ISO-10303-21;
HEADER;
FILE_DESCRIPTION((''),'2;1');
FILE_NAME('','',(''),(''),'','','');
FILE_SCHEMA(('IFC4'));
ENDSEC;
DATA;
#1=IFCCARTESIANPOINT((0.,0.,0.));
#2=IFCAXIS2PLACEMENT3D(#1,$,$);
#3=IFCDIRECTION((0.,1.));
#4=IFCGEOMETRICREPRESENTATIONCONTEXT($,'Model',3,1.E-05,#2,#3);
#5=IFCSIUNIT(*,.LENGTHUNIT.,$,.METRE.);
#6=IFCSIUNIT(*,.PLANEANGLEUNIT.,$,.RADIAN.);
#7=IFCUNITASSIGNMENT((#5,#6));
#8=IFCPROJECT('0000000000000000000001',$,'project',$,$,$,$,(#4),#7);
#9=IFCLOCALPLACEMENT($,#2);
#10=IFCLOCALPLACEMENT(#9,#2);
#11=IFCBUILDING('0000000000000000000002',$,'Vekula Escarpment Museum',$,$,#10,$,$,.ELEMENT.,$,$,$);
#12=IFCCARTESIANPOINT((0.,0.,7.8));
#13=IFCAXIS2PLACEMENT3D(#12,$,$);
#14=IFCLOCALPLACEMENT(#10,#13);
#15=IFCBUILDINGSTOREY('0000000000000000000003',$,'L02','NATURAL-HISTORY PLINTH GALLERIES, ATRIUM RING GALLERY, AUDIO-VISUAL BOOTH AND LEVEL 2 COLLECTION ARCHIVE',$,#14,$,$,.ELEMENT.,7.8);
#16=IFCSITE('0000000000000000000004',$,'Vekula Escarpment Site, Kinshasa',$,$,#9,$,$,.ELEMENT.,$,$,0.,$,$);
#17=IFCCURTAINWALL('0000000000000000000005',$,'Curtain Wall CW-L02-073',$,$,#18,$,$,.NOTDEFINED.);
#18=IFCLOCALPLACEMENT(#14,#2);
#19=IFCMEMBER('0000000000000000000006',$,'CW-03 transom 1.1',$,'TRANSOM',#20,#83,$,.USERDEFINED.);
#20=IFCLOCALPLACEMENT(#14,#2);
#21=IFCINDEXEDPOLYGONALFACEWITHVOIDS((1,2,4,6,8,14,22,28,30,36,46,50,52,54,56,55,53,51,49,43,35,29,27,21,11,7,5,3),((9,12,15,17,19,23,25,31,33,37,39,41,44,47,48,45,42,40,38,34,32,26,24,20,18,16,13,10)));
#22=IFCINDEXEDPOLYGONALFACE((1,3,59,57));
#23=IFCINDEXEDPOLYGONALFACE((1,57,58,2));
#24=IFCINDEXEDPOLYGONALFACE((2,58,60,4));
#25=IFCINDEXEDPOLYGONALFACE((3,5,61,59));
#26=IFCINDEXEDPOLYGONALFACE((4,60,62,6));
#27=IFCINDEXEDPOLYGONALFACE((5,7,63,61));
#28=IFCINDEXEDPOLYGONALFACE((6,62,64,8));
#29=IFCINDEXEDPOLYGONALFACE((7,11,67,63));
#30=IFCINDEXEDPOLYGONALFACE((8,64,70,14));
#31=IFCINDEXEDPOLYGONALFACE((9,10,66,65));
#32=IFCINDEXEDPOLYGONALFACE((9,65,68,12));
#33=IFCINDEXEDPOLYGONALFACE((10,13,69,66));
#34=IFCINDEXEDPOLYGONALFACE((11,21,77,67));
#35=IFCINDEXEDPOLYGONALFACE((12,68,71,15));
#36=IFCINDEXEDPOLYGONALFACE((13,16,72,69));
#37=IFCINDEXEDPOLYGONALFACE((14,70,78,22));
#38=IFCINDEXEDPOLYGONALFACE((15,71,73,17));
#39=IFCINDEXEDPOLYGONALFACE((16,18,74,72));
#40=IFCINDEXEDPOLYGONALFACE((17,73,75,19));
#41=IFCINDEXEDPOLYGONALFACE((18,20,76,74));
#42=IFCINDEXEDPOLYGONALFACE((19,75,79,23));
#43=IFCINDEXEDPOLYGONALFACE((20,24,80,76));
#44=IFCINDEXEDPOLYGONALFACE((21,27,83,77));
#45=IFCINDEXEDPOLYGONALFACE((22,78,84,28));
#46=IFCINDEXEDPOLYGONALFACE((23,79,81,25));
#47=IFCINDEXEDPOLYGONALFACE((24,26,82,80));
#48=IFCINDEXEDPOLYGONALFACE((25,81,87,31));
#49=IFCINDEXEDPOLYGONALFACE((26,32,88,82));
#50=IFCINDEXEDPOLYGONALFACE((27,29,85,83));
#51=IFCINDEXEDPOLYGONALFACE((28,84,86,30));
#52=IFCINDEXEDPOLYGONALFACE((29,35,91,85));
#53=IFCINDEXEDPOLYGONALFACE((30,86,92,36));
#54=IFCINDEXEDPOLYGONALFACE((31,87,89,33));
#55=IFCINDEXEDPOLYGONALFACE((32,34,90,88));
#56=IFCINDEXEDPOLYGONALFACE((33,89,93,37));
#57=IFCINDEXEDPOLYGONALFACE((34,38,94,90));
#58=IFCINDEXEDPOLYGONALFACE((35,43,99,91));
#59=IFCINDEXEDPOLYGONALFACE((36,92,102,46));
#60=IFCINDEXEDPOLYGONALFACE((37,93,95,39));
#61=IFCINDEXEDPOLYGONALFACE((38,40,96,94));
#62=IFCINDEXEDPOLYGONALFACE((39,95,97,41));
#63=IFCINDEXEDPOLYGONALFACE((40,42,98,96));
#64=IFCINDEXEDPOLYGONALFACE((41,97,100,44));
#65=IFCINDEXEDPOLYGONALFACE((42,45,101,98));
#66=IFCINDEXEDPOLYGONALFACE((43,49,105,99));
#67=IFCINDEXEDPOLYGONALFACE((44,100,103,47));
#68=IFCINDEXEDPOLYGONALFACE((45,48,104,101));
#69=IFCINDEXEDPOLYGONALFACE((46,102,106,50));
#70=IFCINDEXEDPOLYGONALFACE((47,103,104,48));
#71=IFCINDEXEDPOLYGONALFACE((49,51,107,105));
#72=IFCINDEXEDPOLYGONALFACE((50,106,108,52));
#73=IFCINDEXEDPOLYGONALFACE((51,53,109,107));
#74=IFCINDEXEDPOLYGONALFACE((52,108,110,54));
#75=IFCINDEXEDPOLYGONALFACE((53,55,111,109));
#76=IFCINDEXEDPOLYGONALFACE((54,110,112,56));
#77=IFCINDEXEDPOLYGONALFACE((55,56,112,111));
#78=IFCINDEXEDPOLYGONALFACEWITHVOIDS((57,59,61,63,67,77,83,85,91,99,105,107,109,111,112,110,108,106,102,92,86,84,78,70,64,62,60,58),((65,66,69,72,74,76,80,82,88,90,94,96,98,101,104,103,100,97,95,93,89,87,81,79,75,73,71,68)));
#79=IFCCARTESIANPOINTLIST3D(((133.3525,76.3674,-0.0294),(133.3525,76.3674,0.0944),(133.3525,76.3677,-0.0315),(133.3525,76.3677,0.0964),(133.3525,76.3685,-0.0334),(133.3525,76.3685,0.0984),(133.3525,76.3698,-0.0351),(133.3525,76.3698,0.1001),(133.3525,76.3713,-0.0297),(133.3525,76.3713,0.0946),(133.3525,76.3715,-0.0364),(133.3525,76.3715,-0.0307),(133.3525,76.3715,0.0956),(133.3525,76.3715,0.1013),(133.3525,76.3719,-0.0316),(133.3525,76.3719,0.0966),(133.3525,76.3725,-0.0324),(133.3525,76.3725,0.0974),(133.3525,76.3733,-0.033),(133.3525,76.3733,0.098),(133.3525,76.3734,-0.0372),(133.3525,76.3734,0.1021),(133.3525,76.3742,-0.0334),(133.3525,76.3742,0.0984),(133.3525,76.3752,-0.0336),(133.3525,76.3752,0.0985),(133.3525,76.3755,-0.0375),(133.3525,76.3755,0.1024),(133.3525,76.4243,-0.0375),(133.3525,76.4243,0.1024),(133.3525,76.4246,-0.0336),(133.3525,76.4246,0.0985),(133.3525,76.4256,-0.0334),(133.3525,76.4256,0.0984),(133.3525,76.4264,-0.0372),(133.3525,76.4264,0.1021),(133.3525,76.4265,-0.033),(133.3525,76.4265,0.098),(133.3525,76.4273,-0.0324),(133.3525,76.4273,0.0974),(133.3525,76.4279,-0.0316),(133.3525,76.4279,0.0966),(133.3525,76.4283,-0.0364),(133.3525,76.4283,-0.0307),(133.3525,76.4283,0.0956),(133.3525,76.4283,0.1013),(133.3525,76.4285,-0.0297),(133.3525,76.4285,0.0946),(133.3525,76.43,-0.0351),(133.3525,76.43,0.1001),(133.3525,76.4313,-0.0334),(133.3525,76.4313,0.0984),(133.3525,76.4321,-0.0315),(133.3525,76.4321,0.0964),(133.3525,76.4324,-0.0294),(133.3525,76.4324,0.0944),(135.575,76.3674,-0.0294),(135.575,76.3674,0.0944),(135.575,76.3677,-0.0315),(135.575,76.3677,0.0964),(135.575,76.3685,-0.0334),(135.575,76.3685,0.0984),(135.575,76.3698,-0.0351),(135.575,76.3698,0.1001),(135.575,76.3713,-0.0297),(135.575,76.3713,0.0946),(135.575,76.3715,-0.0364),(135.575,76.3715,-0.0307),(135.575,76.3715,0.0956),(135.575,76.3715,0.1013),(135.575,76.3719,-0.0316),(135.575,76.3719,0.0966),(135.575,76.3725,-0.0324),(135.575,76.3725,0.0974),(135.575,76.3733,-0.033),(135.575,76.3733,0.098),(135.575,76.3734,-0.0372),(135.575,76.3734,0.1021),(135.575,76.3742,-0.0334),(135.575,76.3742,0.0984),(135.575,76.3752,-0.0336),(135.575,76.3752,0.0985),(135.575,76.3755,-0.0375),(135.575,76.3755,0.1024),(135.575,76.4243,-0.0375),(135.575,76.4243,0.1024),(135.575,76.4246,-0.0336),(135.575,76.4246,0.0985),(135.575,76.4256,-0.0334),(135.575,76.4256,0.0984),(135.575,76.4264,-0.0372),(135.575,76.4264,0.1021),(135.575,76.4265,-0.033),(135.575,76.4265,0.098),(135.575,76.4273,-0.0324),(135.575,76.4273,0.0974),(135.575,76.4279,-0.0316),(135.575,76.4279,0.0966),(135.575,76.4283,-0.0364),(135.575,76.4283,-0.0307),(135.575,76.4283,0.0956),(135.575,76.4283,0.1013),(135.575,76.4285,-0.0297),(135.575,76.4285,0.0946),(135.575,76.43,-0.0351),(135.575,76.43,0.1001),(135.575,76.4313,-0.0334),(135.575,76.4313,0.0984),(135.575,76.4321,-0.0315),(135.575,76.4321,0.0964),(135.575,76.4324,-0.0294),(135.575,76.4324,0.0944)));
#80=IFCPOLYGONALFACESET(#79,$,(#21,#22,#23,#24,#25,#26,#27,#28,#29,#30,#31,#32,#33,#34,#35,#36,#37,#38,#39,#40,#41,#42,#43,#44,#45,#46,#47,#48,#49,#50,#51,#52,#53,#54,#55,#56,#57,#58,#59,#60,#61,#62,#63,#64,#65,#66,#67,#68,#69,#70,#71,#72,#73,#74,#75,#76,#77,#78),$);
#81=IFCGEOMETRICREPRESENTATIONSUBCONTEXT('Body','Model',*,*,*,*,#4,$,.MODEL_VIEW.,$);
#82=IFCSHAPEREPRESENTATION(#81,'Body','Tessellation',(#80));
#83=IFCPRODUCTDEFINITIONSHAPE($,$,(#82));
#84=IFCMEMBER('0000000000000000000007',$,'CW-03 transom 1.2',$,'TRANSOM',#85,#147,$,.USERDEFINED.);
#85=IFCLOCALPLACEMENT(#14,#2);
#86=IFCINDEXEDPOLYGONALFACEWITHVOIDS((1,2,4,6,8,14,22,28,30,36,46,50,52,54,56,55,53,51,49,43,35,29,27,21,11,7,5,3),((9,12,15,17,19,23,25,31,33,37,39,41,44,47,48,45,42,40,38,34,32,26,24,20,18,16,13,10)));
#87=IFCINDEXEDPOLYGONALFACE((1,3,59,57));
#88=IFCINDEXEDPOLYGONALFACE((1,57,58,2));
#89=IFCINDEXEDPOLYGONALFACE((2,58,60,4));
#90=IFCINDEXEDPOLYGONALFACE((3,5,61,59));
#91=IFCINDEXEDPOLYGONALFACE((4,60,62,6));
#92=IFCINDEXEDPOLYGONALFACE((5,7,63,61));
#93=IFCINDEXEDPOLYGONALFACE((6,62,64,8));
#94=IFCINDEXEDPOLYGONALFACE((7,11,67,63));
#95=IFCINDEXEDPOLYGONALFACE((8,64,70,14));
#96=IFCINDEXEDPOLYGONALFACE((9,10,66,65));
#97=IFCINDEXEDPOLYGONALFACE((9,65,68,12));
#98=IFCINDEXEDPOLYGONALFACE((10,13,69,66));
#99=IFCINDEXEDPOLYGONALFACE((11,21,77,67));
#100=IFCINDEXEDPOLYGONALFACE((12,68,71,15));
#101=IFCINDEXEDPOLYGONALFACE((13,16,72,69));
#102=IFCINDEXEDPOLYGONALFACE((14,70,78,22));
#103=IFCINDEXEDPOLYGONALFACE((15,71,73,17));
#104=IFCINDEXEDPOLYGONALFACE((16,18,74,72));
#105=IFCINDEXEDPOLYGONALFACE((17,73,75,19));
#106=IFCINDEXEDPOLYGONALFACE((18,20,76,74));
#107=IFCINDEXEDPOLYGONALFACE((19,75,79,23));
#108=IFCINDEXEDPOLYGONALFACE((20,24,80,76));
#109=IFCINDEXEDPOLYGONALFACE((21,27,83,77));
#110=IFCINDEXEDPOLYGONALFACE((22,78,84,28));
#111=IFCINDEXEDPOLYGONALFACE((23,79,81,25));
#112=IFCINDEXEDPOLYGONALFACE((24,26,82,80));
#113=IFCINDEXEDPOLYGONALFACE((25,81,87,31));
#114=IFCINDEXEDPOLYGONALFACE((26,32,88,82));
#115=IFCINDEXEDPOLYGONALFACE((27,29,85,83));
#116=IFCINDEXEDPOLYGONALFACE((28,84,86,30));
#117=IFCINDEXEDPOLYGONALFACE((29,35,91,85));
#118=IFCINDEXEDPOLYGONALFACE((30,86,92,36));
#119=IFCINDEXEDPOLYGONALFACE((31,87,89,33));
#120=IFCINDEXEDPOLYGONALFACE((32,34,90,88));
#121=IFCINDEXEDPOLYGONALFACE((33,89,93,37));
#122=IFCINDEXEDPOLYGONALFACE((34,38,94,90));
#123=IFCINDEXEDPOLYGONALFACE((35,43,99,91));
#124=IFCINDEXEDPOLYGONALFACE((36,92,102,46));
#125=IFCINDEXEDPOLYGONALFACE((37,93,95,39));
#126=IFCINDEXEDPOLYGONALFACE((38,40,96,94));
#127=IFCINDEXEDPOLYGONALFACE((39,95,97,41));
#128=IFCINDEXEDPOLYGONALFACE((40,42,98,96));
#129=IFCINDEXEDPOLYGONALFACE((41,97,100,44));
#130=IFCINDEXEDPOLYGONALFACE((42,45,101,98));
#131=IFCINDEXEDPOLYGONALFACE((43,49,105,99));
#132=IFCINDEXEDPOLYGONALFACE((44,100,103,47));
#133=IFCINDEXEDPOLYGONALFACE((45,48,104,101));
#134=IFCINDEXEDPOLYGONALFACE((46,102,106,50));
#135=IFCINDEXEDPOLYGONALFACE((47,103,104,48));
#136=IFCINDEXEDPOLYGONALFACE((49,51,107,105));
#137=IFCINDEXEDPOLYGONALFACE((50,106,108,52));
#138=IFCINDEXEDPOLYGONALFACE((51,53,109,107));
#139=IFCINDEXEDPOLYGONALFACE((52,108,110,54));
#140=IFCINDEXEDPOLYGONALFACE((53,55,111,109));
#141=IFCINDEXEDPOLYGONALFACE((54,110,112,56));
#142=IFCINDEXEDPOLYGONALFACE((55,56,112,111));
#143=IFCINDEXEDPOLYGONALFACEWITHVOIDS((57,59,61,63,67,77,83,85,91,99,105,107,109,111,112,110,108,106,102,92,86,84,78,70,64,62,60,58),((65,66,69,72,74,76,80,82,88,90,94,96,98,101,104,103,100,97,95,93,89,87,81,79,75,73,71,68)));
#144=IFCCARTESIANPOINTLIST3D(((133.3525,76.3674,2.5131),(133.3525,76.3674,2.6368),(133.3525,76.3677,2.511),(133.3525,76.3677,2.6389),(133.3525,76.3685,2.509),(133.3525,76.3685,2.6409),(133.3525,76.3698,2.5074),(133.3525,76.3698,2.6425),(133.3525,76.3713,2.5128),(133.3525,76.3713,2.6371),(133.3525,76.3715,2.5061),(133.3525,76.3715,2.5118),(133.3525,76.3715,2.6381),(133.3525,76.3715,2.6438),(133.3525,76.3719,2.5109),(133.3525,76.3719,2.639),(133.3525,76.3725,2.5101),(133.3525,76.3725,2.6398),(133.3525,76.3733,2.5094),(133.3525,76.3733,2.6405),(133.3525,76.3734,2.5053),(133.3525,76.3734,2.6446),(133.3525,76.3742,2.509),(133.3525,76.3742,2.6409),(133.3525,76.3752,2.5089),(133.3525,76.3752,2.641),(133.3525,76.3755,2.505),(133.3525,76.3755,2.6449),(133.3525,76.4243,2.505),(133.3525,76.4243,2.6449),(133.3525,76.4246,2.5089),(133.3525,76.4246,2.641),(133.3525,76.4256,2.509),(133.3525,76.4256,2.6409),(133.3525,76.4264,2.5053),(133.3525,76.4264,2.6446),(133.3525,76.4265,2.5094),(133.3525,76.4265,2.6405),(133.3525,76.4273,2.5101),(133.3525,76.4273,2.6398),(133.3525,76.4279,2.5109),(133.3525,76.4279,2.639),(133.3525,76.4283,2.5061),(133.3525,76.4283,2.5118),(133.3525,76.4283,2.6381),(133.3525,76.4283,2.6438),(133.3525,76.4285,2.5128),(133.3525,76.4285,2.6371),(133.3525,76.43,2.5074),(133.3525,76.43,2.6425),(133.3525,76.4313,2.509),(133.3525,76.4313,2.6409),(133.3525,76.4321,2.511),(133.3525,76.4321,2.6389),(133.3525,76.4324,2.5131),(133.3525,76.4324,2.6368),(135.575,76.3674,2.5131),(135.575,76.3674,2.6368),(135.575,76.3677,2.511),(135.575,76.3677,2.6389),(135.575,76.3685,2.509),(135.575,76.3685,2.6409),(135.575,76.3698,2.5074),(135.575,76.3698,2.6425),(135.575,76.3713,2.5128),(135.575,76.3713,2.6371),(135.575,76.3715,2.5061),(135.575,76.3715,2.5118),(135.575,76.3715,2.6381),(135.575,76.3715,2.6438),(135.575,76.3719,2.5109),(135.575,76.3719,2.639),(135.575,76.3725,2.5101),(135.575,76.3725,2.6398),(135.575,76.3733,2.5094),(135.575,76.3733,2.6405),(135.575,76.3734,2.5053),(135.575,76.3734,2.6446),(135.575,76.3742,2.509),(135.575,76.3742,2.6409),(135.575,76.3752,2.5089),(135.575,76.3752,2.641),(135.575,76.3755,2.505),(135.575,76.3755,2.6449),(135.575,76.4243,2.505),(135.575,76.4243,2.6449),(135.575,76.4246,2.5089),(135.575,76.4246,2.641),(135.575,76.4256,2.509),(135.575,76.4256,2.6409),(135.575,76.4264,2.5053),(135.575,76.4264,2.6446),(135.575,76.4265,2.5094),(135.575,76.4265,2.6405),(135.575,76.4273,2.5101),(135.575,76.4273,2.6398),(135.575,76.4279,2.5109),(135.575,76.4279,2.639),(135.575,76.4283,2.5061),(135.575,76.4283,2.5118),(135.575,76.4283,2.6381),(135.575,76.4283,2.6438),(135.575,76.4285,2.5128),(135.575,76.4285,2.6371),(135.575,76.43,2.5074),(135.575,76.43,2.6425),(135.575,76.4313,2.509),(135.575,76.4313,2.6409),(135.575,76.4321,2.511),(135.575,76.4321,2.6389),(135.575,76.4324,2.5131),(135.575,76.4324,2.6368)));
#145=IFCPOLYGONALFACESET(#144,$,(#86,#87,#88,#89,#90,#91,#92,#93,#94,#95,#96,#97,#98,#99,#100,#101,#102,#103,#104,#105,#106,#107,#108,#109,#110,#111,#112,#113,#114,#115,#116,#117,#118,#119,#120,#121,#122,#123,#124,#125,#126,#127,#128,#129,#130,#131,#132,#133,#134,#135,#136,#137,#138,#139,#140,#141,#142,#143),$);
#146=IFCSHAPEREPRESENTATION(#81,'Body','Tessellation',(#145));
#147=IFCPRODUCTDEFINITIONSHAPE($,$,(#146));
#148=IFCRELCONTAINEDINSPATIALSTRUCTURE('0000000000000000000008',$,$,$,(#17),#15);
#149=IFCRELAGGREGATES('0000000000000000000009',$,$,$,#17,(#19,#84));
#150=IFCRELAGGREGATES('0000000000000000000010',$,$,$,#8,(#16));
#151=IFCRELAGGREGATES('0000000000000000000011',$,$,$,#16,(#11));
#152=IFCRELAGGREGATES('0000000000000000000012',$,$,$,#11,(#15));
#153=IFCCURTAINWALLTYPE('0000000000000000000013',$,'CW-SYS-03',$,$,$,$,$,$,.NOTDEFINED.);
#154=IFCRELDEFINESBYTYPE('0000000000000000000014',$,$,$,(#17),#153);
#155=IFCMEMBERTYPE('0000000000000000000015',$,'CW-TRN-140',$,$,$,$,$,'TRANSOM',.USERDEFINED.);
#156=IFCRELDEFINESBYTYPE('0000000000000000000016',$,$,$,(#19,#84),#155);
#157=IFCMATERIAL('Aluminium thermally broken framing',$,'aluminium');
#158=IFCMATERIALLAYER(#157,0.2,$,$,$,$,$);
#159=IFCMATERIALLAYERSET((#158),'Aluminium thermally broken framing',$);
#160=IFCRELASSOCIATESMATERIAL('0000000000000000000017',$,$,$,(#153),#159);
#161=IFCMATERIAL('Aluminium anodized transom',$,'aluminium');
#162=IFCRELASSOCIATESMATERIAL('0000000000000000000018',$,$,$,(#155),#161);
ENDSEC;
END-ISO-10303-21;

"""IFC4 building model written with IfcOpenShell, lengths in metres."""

from ifc_helpers import new_model, si_unit, direction, frame, origin, origin_2d, place, context, subcontext, project, spatial, hollow_rectangle, extrude, material, layer, layer_set, material_profile, profile_set, type_object, element, aggregate, save


model = new_model("IFC4")

# Units and contexts
model_context = context("Model", 3, precision=1e-05, world=origin(), true_north=direction((0.0, 1.0)))
body_context = subcontext(model_context, "Body", "Model", "MODEL_VIEW")
ifc_project = project(units=[si_unit("LENGTHUNIT", "METRE"), si_unit("PLANEANGLEUNIT", "RADIAN")], contexts=[model_context])

# Site, building, storey
site_placement = place(None, origin())
site = spatial("IfcSite", under=ifc_project, at=site_placement, Name="Vekula Escarpment Site, Kinshasa", CompositionType="ELEMENT", RefElevation=0.0)
building_placement = place(site_placement, origin())
building = spatial("IfcBuilding", under=site, at=building_placement, Name="Vekula Escarpment Museum", CompositionType="ELEMENT")
storey_placement = place(building_placement, frame((0.0, 0.0, 7.8)))
storey = spatial("IfcBuildingStorey", under=building, at=storey_placement, Name="L02", Description="NATURAL-HISTORY PLINTH GALLERIES, ATRIUM RING GALLERY, AUDIO-VISUAL BOOTH AND LEVEL 2 COLLECTION ARCHIVE", CompositionType="ELEMENT", Elevation=7.8)

# Curtain wall
ifc_material_1 = material(Name="Aluminium thermally broken framing", Category="aluminium")
ifc_layer_1 = layer(ifc_material_1, 0.2)
ifc_layer_set_1 = layer_set([ifc_layer_1], Name="Aluminium thermally broken framing")
curtain_wall_type_1 = type_object("IfcCurtainWallType", Name="CW-SYS-03", PredefinedType="NOTDEFINED", material=ifc_layer_set_1)
curtain_wall_1_placement = place(storey_placement, origin())
curtain_wall_1 = element("IfcCurtainWall", 1, at=curtain_wall_1_placement, inside=storey, type_object=curtain_wall_type_1, Name="Curtain Wall CW-L02-073", PredefinedType="NOTDEFINED")

# Members
ifc_material_2 = material(Name="Aluminium anodized transom", Category="aluminium")
ifc_material_profile_1 = material_profile(ifc_material_2, hollow_rectangle(XDim=0.0649, YDim=0.1399, WallThickness=0.0039, InnerFilletRadius=0.0039, OuterFilletRadius=0.0081, at=origin_2d()), Name="ALU 140x65x4")
ifc_profile_set_1 = profile_set([ifc_material_profile_1], Name="Aluminium anodized transom")
member_type_1 = type_object("IfcMemberType", Name="CW-TRN-140", ElementType="TRANSOM", PredefinedType="USERDEFINED", material=ifc_profile_set_1)
member_1_placement = place(storey_placement, frame((135.575, 76.3999, 0.0325), z_axis=(-1.0, 0.0, 0.0), x_axis=(0.0, -1.0, 0.0)))
member_1 = element("IfcMember", 2, at=member_1_placement, type_object=member_type_1, Name="CW-03 transom 1.1", ObjectType="TRANSOM", PredefinedType="USERDEFINED", context=body_context, shape_type="SweptSolid", body=[
    extrude(hollow_rectangle(XDim=0.0649, YDim=0.1399, WallThickness=0.0039, InnerFilletRadius=0.0039, OuterFilletRadius=0.0081, at=origin_2d()), origin(), (0.0, 0.0, 1.0), 2.2224),
])
member_2_placement = place(storey_placement, frame((135.575, 76.3999, 2.575), z_axis=(-1.0, 0.0, 0.0), x_axis=(0.0, -1.0, 0.0)))
member_2 = element("IfcMember", 3, at=member_2_placement, type_object=member_type_1, Name="CW-03 transom 1.2", ObjectType="TRANSOM", PredefinedType="USERDEFINED", context=body_context, shape_type="SweptSolid", body=[
    extrude(hollow_rectangle(XDim=0.0649, YDim=0.1399, WallThickness=0.0039, InnerFilletRadius=0.0039, OuterFilletRadius=0.0081, at=origin_2d()), origin(), (0.0, 0.0, 1.0), 2.2224),
])

aggregate(curtain_wall_1, [member_1, member_2])

save(model, "model.ifc")
